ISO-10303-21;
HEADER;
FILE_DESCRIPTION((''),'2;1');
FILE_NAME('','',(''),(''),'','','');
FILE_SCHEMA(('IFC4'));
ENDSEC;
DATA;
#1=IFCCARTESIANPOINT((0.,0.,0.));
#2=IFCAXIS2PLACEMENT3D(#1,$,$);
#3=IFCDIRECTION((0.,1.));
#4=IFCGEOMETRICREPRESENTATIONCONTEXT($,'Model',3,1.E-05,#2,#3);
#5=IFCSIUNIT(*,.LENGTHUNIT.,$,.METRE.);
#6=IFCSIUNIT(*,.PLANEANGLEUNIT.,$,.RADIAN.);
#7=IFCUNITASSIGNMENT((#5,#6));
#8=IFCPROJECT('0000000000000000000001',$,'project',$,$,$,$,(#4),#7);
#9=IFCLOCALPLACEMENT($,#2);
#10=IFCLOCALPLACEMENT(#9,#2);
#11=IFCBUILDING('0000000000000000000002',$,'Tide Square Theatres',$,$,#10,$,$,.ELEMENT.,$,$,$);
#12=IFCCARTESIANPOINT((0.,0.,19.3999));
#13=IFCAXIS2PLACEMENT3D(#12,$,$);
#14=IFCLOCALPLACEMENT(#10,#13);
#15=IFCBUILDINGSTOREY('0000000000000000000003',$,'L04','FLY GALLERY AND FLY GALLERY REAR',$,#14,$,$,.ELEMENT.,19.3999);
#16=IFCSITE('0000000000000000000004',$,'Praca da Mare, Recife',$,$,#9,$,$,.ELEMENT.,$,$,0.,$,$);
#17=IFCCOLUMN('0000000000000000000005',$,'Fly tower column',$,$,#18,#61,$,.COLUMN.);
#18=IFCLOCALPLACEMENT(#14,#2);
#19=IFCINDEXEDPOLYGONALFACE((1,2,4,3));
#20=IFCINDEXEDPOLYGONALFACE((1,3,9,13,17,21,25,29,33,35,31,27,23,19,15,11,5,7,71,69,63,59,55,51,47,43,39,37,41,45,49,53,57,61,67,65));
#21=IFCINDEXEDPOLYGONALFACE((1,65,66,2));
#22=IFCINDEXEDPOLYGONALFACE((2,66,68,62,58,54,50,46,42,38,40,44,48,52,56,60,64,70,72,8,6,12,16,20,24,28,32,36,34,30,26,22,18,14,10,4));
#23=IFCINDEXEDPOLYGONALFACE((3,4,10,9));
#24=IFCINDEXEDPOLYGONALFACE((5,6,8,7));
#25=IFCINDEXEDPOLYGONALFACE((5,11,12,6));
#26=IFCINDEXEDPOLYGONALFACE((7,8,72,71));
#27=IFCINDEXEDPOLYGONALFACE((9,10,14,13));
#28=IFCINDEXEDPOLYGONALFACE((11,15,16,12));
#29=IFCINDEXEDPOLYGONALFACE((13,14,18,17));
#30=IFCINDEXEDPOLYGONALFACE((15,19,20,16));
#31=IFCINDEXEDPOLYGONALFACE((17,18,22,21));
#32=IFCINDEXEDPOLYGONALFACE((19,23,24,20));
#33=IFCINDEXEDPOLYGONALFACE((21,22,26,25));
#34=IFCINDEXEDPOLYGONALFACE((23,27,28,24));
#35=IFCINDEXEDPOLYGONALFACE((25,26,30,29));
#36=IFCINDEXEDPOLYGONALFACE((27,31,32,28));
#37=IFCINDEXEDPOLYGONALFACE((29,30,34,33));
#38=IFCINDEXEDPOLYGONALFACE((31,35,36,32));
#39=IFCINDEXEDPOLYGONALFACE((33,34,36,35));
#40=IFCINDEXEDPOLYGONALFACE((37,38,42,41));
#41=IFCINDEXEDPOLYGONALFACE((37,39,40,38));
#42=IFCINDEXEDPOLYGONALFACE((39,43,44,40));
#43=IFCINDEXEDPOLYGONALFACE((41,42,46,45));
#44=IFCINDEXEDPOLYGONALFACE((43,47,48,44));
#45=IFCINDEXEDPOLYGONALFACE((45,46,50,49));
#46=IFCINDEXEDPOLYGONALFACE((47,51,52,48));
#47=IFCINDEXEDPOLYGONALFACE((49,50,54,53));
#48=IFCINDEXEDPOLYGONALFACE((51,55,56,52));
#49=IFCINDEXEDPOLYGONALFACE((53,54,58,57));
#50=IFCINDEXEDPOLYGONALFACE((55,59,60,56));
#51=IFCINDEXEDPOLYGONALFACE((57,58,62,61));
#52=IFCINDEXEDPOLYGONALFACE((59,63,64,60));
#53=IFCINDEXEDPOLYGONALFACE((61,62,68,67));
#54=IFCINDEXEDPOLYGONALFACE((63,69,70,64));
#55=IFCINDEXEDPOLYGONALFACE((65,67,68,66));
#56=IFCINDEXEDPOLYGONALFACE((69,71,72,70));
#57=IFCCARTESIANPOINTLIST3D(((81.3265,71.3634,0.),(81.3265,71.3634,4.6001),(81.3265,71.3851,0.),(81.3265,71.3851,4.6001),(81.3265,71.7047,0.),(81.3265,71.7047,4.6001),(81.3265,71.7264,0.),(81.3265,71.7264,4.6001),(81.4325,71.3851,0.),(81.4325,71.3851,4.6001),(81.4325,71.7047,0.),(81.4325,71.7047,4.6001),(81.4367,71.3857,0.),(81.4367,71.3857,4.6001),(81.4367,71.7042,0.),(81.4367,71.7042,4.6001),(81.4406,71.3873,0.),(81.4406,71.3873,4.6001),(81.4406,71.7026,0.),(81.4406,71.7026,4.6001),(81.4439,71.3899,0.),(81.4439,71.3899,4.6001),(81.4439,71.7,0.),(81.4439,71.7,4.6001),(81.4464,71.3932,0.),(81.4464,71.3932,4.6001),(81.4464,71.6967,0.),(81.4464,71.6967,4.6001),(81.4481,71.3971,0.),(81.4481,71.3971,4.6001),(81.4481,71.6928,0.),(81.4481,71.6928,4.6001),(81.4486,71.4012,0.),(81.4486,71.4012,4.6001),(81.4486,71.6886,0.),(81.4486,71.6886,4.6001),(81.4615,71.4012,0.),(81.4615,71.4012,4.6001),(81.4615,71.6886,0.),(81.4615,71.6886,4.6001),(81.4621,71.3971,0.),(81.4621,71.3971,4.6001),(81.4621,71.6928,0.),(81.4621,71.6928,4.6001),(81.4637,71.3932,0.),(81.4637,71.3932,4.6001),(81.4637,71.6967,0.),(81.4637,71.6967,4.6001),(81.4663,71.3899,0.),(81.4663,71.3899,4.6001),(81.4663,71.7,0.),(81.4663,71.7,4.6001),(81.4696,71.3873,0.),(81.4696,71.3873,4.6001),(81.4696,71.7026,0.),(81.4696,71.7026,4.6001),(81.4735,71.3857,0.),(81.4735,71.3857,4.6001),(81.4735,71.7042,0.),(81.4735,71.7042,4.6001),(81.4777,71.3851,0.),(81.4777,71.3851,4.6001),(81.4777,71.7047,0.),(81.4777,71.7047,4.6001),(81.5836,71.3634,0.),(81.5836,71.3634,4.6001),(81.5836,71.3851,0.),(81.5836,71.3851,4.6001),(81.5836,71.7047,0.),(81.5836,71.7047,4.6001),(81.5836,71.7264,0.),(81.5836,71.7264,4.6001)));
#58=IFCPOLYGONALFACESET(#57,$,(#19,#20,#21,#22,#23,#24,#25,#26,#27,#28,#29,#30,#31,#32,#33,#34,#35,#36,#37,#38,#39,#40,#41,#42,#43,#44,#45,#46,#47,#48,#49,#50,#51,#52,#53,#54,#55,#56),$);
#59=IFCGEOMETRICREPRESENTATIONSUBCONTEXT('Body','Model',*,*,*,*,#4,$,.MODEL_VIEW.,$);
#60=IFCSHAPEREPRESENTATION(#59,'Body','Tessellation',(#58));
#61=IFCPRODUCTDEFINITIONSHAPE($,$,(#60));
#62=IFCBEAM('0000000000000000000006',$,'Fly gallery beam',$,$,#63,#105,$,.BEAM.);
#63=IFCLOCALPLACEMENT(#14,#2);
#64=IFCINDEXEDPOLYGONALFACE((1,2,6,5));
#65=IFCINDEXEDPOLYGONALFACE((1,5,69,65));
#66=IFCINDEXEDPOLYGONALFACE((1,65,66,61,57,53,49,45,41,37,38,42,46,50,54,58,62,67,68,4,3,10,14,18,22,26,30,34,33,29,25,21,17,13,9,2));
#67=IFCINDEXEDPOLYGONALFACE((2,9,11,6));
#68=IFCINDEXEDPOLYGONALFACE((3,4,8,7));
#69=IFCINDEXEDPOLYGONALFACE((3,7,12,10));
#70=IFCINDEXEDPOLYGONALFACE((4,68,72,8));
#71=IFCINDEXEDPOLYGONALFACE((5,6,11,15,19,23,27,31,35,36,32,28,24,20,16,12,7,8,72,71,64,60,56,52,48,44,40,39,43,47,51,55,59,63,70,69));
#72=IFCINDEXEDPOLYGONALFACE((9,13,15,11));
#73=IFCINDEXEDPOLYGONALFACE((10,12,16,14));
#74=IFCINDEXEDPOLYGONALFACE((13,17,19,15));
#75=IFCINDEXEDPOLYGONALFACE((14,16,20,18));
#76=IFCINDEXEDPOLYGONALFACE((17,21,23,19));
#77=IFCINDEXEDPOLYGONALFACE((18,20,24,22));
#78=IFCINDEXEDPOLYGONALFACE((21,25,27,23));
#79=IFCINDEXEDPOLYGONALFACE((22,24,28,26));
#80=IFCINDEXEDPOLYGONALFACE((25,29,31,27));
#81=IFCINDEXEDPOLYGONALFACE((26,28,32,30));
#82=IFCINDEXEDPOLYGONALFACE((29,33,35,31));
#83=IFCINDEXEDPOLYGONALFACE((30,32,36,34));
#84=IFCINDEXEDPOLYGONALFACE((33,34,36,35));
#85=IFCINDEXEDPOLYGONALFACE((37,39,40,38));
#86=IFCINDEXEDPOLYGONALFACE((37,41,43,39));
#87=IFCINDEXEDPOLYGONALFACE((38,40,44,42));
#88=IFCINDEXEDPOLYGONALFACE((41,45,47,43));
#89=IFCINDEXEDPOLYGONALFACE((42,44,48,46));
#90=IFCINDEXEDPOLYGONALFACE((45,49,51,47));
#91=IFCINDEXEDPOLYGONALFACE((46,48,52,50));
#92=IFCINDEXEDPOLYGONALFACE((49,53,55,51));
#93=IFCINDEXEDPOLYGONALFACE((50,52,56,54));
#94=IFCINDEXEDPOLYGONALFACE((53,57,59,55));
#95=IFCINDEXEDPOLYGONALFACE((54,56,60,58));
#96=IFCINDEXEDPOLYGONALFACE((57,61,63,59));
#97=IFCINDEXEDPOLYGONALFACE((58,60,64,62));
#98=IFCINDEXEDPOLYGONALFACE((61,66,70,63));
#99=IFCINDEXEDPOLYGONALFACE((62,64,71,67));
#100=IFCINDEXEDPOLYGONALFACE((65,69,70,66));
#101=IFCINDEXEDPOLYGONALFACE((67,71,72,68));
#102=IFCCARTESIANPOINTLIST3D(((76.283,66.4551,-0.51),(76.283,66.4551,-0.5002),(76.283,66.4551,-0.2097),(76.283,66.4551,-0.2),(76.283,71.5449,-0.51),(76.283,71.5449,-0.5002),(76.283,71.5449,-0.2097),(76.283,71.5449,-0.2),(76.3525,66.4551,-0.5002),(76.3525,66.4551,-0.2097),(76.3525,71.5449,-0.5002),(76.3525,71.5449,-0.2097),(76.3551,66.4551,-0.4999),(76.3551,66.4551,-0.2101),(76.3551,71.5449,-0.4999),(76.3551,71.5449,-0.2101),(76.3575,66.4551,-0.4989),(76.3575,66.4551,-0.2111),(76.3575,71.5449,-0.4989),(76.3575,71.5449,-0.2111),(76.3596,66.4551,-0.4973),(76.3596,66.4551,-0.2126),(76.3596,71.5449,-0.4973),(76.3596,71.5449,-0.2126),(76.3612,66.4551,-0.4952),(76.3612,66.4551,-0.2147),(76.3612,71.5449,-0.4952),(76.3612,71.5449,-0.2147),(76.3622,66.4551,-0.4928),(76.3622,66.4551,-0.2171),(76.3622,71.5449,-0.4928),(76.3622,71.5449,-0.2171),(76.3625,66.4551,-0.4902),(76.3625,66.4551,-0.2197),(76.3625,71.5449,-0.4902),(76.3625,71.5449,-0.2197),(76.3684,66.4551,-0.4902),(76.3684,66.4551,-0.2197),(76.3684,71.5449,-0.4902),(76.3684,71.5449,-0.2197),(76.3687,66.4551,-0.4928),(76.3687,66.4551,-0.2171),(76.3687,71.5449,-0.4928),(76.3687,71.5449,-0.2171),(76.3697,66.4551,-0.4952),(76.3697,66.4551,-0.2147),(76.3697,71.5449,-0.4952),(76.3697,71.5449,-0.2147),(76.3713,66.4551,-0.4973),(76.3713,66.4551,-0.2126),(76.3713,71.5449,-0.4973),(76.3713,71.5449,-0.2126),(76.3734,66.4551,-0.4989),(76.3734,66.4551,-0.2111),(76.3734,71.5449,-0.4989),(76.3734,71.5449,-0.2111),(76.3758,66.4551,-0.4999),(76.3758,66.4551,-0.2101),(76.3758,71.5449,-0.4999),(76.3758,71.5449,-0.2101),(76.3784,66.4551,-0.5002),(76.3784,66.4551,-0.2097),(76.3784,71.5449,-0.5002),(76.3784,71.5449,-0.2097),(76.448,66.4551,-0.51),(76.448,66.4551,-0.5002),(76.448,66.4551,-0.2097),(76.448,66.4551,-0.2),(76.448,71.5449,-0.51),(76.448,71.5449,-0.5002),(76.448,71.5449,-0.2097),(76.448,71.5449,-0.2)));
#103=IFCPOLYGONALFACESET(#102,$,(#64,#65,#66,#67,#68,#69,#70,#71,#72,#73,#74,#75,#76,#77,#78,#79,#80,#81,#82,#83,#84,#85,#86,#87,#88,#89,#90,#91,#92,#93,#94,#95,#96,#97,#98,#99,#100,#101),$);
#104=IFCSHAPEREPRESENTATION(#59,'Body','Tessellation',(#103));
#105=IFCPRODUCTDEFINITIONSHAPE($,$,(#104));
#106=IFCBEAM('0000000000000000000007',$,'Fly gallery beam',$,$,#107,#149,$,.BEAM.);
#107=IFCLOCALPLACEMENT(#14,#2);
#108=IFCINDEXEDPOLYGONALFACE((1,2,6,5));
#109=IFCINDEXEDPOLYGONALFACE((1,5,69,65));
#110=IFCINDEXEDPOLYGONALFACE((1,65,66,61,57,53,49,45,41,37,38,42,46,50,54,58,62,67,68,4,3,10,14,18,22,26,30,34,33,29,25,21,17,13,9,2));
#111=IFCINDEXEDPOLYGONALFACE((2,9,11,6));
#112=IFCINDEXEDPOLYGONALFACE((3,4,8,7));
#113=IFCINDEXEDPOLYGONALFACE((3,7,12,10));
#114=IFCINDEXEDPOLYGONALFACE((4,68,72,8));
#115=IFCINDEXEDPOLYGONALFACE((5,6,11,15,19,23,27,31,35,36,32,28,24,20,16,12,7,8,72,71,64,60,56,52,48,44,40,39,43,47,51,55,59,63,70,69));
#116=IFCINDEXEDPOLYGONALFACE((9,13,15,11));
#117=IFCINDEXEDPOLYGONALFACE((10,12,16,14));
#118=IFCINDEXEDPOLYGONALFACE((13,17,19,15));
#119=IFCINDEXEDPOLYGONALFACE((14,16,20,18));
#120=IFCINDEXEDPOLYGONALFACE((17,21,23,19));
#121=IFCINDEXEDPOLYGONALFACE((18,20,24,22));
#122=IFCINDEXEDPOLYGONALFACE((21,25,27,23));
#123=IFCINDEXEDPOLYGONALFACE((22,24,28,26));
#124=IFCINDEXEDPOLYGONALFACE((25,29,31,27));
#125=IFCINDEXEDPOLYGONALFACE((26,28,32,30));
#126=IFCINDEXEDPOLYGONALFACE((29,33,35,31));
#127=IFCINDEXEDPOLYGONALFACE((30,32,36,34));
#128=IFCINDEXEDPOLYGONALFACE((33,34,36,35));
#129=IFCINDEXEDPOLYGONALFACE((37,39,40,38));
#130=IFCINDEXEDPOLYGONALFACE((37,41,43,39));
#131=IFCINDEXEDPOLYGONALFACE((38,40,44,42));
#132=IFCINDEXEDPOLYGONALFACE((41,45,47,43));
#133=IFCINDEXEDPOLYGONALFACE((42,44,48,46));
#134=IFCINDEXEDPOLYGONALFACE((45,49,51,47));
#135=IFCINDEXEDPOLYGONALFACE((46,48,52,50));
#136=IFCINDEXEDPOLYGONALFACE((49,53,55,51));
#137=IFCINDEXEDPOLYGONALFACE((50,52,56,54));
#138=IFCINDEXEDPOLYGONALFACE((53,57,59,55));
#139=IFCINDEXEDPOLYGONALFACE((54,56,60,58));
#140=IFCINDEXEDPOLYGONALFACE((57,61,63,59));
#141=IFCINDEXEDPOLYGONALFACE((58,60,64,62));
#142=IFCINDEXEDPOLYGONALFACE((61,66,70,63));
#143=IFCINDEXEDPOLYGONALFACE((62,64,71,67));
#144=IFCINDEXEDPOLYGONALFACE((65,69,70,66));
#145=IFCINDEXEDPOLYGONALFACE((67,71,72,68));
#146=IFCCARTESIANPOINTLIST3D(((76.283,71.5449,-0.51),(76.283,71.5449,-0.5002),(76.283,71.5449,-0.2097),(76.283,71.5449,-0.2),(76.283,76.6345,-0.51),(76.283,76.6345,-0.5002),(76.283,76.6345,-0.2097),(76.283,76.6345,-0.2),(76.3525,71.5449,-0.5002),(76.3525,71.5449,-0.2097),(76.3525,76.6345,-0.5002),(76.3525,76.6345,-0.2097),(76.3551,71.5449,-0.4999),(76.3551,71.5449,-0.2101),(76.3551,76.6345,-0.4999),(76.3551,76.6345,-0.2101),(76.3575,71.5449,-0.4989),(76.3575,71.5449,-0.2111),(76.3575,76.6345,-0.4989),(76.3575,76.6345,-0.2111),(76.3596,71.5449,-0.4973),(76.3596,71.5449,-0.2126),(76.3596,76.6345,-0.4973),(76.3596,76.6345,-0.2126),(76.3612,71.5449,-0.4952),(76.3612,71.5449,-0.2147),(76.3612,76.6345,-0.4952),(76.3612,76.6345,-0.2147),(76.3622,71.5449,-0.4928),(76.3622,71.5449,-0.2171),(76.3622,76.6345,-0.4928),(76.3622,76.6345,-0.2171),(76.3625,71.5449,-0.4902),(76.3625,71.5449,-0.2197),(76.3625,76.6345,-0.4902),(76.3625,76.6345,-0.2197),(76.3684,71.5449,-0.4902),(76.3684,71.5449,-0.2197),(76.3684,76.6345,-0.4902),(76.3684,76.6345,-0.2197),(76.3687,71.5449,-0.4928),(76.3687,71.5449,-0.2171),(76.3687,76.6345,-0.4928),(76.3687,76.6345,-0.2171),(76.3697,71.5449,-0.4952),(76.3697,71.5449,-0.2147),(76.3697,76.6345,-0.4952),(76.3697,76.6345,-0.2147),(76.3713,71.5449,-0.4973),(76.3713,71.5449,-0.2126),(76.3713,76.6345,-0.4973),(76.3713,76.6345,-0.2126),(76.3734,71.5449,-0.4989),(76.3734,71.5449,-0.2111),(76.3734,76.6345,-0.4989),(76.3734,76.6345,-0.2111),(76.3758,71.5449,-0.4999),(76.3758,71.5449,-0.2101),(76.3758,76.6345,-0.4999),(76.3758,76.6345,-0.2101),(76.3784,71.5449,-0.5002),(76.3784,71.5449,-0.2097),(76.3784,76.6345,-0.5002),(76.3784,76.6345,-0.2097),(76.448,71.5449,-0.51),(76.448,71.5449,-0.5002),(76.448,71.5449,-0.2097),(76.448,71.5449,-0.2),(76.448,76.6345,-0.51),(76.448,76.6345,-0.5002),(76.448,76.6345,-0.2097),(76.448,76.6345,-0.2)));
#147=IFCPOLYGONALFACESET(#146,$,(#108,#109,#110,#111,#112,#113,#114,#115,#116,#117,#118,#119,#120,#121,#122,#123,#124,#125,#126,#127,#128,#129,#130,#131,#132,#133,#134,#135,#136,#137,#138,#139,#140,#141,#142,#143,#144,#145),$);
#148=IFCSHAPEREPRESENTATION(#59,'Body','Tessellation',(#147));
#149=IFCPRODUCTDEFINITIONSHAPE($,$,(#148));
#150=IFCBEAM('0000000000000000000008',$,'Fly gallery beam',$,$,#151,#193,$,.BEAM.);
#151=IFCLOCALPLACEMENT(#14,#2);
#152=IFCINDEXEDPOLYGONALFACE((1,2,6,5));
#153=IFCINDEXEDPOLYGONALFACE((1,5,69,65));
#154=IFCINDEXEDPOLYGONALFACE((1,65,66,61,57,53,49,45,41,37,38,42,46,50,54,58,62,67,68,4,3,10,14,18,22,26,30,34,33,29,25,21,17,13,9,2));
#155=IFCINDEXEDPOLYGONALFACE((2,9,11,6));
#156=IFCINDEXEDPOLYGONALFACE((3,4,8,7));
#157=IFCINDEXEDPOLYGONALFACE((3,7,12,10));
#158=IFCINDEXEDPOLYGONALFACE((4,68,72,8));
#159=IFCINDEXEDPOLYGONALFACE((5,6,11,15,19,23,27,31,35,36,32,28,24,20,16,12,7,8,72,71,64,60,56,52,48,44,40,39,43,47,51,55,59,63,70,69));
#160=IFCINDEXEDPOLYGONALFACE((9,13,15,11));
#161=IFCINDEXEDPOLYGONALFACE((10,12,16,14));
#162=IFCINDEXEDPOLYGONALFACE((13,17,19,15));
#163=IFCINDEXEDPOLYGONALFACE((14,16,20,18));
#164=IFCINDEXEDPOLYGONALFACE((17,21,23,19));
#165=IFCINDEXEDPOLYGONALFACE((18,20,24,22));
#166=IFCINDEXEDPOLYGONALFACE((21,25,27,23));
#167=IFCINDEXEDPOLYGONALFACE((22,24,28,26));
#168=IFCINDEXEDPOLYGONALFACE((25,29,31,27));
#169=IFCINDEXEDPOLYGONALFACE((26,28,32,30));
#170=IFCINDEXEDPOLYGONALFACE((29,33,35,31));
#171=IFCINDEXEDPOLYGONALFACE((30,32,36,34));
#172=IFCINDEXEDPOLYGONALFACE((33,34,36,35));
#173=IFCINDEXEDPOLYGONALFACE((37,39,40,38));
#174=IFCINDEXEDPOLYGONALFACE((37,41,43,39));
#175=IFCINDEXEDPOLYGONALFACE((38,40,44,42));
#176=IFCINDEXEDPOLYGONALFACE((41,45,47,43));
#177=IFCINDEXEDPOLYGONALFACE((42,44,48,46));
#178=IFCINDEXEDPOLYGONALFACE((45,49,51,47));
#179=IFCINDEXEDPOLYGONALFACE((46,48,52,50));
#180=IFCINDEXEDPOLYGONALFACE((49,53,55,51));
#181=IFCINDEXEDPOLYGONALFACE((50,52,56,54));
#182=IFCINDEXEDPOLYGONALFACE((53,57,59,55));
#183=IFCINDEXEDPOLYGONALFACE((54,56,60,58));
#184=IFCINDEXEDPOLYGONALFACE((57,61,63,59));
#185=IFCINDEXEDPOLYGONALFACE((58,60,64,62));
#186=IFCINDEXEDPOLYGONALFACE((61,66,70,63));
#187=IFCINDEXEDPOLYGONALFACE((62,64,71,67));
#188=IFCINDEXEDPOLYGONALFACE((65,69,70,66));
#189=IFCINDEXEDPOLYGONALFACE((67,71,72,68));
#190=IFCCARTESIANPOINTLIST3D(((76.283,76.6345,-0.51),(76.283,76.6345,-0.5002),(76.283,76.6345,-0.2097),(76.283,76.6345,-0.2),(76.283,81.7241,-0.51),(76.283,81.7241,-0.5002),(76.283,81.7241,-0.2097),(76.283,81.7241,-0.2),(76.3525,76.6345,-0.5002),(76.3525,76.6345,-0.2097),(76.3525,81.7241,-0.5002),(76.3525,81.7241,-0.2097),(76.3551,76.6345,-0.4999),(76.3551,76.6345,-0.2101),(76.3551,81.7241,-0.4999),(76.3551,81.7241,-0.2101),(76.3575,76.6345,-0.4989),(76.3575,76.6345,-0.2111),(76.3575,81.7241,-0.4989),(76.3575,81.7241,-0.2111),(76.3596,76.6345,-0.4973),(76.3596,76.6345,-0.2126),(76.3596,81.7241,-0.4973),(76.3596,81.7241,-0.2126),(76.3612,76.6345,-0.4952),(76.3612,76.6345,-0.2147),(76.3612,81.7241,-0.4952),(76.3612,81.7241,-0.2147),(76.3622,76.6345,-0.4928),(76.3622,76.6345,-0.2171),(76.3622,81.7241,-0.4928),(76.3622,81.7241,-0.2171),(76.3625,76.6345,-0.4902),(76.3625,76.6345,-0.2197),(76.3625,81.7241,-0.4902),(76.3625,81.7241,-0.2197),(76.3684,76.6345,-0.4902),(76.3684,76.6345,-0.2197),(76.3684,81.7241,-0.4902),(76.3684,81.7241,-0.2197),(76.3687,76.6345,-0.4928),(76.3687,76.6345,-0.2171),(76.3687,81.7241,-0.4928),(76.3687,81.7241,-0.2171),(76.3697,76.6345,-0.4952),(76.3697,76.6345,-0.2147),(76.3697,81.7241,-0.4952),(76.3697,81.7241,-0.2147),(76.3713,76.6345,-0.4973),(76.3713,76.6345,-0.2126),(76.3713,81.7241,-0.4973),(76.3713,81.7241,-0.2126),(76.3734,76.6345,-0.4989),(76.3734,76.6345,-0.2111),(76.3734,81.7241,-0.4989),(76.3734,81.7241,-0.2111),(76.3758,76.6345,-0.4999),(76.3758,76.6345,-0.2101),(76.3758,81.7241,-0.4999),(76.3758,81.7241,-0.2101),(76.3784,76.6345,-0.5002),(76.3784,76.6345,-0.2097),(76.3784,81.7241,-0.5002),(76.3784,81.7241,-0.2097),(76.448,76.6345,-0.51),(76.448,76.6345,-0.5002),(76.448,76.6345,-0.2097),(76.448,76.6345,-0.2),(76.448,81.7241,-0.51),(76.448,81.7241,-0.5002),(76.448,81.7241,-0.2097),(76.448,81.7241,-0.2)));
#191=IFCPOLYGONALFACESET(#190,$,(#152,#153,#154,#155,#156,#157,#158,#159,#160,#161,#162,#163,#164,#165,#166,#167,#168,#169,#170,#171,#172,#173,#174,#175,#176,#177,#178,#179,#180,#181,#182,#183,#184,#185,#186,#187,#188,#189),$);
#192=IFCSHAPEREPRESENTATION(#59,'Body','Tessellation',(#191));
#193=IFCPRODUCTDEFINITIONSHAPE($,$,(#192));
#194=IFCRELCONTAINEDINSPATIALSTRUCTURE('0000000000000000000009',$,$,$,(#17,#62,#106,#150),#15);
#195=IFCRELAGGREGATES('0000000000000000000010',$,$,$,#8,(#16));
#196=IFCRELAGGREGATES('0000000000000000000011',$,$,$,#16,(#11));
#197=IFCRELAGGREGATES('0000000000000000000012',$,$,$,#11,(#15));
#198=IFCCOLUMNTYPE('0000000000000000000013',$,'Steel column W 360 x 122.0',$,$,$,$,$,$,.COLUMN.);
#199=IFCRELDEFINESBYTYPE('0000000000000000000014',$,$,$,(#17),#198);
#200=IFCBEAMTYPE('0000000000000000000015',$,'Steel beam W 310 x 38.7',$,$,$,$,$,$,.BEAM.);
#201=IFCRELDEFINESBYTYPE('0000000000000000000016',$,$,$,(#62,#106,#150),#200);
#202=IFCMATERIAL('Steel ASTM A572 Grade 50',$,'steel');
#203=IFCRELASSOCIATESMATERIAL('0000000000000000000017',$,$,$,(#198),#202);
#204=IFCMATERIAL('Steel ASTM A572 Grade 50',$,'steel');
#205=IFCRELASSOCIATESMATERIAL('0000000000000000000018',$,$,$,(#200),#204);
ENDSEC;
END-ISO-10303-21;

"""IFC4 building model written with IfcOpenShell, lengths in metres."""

from ifc_helpers import new_model, si_unit, direction, frame, origin, origin_2d, place, context, subcontext, project, spatial, i_section, extrude, material, material_profile, profile_set, type_object, element, save


model = new_model("IFC4")

# Units and contexts
model_context = context("Model", 3, precision=1e-05, world=origin(), true_north=direction((0.0, 1.0)))
body_context = subcontext(model_context, "Body", "Model", "MODEL_VIEW")
ifc_project = project(units=[si_unit("LENGTHUNIT", "METRE"), si_unit("PLANEANGLEUNIT", "RADIAN")], contexts=[model_context])

# Site, building, storey
site_placement = place(None, origin())
site = spatial("IfcSite", under=ifc_project, at=site_placement, Name="Praca da Mare, Recife", CompositionType="ELEMENT", RefElevation=0.0)
building_placement = place(site_placement, origin())
building = spatial("IfcBuilding", under=site, at=building_placement, Name="Tide Square Theatres", CompositionType="ELEMENT")
storey_placement = place(building_placement, frame((0.0, 0.0, 19.3999)))
storey = spatial("IfcBuildingStorey", under=building, at=storey_placement, Name="L04", Description="FLY GALLERY AND FLY GALLERY REAR", CompositionType="ELEMENT", Elevation=19.3999)

# Column
ifc_material_1 = material(Name="Steel ASTM A572 Grade 50", Category="steel")
ifc_material_profile_1 = material_profile(ifc_material_1, i_section(OverallWidth=0.2571, OverallDepth=0.363, WebThickness=0.0129, FlangeThickness=0.0217, FilletRadius=0.0161, at=origin_2d()))
ifc_profile_set_1 = profile_set([ifc_material_profile_1], Name="Steel ASTM A572 Grade 50")
column_type = type_object("IfcColumnType", Name="Steel column W 360 x 122.0", PredefinedType="COLUMN", material=ifc_profile_set_1)
for number, where, z_axis, x_axis, name in (
    (1, (81.4551, 71.5449, 0.0), (0.0, 0.0, 1.0), (1.0, 0.0, 0.0), "Fly tower column"),
):
    element("IfcColumn", number, at=place(storey_placement, frame(where, z_axis=z_axis, x_axis=x_axis)), inside=storey, type_object=column_type, Name=name, PredefinedType="COLUMN", context=body_context, shape_type="SweptSolid", body=[
        extrude(i_section(OverallWidth=0.2571, OverallDepth=0.363, WebThickness=0.0129, FlangeThickness=0.0217, FilletRadius=0.0161, at=origin_2d()), origin(), (0.0, 0.0, 1.0), 4.6001),
    ])

# Beams
ifc_material_2 = material(Name="Steel ASTM A572 Grade 50", Category="steel")
ifc_material_profile_2 = material_profile(ifc_material_2, i_section(OverallWidth=0.165, OverallDepth=0.3101, WebThickness=0.0059, FlangeThickness=0.0098, FilletRadius=0.01, at=origin_2d()))
ifc_profile_set_2 = profile_set([ifc_material_profile_2], Name="Steel ASTM A572 Grade 50")
beam_type = type_object("IfcBeamType", Name="Steel beam W 310 x 38.7", PredefinedType="BEAM", material=ifc_profile_set_2)
beam_placement = place(storey_placement, frame((76.3655, 66.4551, -0.355), z_axis=(0.0, 1.0, 0.0), x_axis=(-1.0, 0.0, 0.0)))
element("IfcBeam", 2, at=beam_placement, inside=storey, type_object=beam_type, Name="Fly gallery beam", PredefinedType="BEAM", context=body_context, shape_type="SweptSolid", body=[
    extrude(i_section(OverallWidth=0.165, OverallDepth=0.3101, WebThickness=0.0059, FlangeThickness=0.0098, FilletRadius=0.01, at=origin_2d()), origin(), (0.0, 0.0, 1.0), 5.0898),
])
for number, where, z_axis, x_axis, name in (
    (3, (76.3655, 71.5449, -0.355), (0.0, 1.0, 0.0), (-1.0, 0.0, 0.0), "Fly gallery beam"),
    (4, (76.3655, 76.6345, -0.355), (0.0, 1.0, 0.0), (-1.0, 0.0, 0.0), "Fly gallery beam"),
):
    element("IfcBeam", number, at=place(storey_placement, frame(where, z_axis=z_axis, x_axis=x_axis)), inside=storey, type_object=beam_type, Name=name, PredefinedType="BEAM", context=body_context, shape_type="SweptSolid", body=[
        extrude(i_section(OverallWidth=0.165, OverallDepth=0.3101, WebThickness=0.0059, FlangeThickness=0.0098, FilletRadius=0.01, at=origin_2d()), origin(), (0.0, 0.0, 1.0), 5.0896),
    ])

save(model, "model.ifc")
